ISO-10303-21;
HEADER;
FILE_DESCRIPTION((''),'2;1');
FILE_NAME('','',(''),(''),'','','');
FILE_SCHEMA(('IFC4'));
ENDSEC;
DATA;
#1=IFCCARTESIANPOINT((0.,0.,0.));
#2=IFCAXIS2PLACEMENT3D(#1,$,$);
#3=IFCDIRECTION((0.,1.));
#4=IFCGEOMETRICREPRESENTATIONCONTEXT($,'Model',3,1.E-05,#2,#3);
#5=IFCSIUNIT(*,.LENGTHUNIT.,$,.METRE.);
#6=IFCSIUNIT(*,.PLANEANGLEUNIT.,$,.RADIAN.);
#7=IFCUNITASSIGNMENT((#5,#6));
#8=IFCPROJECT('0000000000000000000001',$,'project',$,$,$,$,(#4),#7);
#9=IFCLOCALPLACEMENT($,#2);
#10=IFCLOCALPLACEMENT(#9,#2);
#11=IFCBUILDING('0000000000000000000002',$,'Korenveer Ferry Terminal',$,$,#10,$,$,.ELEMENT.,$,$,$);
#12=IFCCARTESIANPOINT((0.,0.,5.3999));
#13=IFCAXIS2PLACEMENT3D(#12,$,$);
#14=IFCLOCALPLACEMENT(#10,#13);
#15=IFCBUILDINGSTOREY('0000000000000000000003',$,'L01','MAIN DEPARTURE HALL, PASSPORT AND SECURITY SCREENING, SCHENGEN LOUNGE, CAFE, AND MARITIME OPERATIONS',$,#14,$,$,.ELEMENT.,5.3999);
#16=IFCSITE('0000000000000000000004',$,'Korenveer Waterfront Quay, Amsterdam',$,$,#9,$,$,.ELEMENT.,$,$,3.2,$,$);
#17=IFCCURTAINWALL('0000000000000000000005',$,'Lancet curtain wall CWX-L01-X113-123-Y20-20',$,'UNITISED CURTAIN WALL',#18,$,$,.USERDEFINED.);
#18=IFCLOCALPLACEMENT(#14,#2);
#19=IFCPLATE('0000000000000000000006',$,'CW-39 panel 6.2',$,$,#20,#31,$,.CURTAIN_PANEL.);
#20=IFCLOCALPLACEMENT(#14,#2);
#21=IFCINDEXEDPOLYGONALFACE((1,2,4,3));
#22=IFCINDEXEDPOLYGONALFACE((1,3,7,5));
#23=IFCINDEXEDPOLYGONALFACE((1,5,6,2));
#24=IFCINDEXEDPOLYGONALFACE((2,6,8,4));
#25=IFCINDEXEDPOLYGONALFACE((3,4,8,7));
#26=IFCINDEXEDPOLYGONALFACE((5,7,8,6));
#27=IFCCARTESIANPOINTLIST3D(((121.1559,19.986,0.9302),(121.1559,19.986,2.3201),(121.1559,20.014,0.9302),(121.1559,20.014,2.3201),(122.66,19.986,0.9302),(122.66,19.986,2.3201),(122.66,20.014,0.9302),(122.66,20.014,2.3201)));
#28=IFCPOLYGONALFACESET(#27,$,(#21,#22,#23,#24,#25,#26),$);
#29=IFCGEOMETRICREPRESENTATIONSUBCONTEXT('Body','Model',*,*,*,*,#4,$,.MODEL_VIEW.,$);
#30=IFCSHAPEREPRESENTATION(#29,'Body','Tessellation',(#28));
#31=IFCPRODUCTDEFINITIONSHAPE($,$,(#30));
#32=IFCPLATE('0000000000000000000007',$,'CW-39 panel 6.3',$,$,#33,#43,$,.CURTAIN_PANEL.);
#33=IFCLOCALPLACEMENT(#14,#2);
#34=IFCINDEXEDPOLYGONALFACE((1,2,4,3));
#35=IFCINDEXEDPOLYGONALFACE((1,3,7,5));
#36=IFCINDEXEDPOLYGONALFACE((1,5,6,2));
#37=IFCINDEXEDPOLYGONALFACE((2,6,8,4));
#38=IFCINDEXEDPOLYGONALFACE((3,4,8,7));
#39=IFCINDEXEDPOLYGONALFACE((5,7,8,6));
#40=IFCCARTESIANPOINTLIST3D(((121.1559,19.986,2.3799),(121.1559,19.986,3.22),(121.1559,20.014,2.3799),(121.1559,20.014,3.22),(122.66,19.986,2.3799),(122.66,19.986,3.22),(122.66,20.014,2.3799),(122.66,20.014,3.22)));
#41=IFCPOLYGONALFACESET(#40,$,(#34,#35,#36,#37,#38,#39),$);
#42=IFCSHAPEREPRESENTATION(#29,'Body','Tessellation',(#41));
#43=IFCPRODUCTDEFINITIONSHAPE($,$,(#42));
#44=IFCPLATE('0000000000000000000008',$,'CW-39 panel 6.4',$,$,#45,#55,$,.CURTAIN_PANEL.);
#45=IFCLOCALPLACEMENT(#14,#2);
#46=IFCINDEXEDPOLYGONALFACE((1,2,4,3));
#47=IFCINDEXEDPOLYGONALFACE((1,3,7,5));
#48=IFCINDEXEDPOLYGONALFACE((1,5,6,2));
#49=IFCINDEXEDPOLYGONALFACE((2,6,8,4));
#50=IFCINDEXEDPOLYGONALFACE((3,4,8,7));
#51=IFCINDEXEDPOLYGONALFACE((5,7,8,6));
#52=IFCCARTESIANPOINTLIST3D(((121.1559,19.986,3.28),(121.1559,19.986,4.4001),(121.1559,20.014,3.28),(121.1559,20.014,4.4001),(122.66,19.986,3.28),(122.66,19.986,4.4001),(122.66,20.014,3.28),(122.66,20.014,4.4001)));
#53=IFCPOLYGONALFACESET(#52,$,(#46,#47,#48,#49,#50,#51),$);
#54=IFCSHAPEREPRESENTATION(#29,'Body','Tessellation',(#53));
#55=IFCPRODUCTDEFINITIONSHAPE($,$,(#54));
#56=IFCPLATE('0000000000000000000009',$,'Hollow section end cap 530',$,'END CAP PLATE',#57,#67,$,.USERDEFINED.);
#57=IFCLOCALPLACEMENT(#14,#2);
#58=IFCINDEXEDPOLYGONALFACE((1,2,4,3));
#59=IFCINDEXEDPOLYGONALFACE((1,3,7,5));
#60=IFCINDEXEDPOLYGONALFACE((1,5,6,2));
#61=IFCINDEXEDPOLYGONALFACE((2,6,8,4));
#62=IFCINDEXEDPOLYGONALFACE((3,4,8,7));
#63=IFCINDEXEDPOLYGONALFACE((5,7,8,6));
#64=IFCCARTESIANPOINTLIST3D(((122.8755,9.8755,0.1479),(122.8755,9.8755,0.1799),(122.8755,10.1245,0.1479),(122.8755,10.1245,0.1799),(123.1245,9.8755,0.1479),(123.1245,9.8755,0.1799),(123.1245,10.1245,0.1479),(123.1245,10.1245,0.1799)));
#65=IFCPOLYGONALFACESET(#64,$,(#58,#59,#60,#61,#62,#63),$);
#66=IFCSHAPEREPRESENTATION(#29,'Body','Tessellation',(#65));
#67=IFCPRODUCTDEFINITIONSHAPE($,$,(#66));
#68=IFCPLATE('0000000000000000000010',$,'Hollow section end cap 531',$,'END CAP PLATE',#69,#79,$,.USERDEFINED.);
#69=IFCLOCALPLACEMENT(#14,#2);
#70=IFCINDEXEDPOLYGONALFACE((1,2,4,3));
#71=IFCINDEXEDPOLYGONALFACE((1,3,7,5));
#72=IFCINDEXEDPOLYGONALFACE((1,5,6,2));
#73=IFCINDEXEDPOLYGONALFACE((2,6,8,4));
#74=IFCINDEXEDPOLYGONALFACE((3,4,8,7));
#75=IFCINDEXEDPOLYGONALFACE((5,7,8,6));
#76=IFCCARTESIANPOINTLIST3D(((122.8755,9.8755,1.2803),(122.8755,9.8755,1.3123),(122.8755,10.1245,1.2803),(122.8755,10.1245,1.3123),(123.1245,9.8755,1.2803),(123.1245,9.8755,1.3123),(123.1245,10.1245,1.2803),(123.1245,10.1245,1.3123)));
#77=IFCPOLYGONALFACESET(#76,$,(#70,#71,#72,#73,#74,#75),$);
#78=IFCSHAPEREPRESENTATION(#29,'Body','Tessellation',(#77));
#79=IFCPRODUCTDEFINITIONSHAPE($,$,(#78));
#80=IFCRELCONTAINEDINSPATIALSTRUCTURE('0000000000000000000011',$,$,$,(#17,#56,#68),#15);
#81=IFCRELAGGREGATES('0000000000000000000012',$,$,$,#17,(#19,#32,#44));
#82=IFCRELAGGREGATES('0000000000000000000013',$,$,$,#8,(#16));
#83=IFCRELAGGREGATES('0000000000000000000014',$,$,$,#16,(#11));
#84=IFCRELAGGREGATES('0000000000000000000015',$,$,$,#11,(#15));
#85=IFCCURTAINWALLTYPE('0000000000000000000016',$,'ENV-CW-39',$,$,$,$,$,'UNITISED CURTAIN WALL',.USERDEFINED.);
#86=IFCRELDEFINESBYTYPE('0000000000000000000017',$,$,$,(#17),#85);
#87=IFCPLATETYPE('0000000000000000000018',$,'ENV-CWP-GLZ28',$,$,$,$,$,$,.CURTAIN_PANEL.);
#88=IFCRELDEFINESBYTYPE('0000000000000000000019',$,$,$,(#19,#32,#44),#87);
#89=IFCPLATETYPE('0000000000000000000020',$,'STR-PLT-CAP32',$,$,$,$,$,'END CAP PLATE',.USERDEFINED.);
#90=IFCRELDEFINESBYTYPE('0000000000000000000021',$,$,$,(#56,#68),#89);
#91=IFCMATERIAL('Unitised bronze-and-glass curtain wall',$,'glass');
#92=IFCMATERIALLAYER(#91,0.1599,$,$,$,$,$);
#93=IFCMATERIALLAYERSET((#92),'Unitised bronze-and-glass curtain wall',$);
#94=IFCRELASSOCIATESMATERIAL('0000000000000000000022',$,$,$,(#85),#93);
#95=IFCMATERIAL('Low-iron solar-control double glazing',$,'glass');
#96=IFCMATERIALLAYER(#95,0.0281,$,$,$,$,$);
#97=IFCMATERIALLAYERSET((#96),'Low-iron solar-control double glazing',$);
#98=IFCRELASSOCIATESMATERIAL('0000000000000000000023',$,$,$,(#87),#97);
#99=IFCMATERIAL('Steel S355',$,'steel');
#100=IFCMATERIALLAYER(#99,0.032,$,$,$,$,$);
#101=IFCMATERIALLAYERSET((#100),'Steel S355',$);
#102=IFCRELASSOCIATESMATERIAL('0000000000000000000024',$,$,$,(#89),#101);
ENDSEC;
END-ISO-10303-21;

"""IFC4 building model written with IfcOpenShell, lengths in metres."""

from ifc_helpers import new_model, si_unit, direction, frame, origin, origin_2d, place, context, subcontext, project, spatial, rectangle, extrude, material, layer, layer_set, type_object, element, aggregate, save


model = new_model("IFC4")

# Units and contexts
model_context = context("Model", 3, precision=1e-05, world=origin(), true_north=direction((0.0, 1.0)))
body_context = subcontext(model_context, "Body", "Model", "MODEL_VIEW")
ifc_project = project(units=[si_unit("LENGTHUNIT", "METRE"), si_unit("PLANEANGLEUNIT", "RADIAN")], contexts=[model_context])

# Site, building, storey
site_placement = place(None, origin())
site = spatial("IfcSite", under=ifc_project, at=site_placement, Name="Korenveer Waterfront Quay, Amsterdam", CompositionType="ELEMENT", RefElevation=3.2)
building_placement = place(site_placement, origin())
building = spatial("IfcBuilding", under=site, at=building_placement, Name="Korenveer Ferry Terminal", CompositionType="ELEMENT")
storey_placement = place(building_placement, frame((0.0, 0.0, 5.3999)))
storey = spatial("IfcBuildingStorey", under=building, at=storey_placement, Name="L01", Description="MAIN DEPARTURE HALL, PASSPORT AND SECURITY SCREENING, SCHENGEN LOUNGE, CAFE, AND MARITIME OPERATIONS", CompositionType="ELEMENT", Elevation=5.3999)

# Curtain wall
ifc_material_1 = material(Name="Unitised bronze-and-glass curtain wall", Category="glass")
ifc_layer_1 = layer(ifc_material_1, 0.1599)
ifc_layer_set_1 = layer_set([ifc_layer_1], Name="Unitised bronze-and-glass curtain wall")
curtain_wall_type = type_object("IfcCurtainWallType", Name="ENV-CW-39", ElementType="UNITISED CURTAIN WALL", PredefinedType="USERDEFINED", material=ifc_layer_set_1)
curtain_wall_placement = place(storey_placement, frame((113.155, 20.0, 0.0)))
curtain_wall = element("IfcCurtainWall", 1, at=curtain_wall_placement, inside=storey, type_object=curtain_wall_type, Name="Lancet curtain wall CWX-L01-X113-123-Y20-20", ObjectType="UNITISED CURTAIN WALL", PredefinedType="USERDEFINED")

# Shared definitions
ifc_material_2 = material(Name="Steel S355", Category="steel")

# Plates
ifc_material_3 = material(Name="Low-iron solar-control double glazing", Category="glass")
ifc_layer_2 = layer(ifc_material_3, 0.0281)
ifc_layer_set_2 = layer_set([ifc_layer_2], Name="Low-iron solar-control double glazing")
plate_type_1 = type_object("IfcPlateType", Name="ENV-CWP-GLZ28", PredefinedType="CURTAIN_PANEL", material=ifc_layer_set_2)
plate_1_placement = place(storey_placement, frame((121.908, 20.0, 0.9302), z_axis=(0.0, 0.0, 1.0), x_axis=(1.0, 0.0, 0.0)))
plate_1 = element("IfcPlate", 2, at=plate_1_placement, type_object=plate_type_1, Name="CW-39 panel 6.2", PredefinedType="CURTAIN_PANEL", context=body_context, shape_type="SweptSolid", body=[
    extrude(rectangle(XDim=1.5042, YDim=0.0281, at=origin_2d()), origin(), (0.0, 0.0, 1.0), 1.3899),
])
plate_2_placement = place(storey_placement, frame((121.908, 20.0, 2.3799), z_axis=(0.0, 0.0, 1.0), x_axis=(1.0, 0.0, 0.0)))
plate_2 = element("IfcPlate", 3, at=plate_2_placement, type_object=plate_type_1, Name="CW-39 panel 6.3", PredefinedType="CURTAIN_PANEL", context=body_context, shape_type="SweptSolid", body=[
    extrude(rectangle(XDim=1.5042, YDim=0.0281, at=origin_2d()), origin(), (0.0, 0.0, 1.0), 0.8401),
])
plate_3_placement = place(storey_placement, frame((121.908, 20.0, 3.28), z_axis=(0.0, 0.0, 1.0), x_axis=(1.0, 0.0, 0.0)))
plate_3 = element("IfcPlate", 4, at=plate_3_placement, type_object=plate_type_1, Name="CW-39 panel 6.4", PredefinedType="CURTAIN_PANEL", context=body_context, shape_type="SweptSolid", body=[
    extrude(rectangle(XDim=1.5042, YDim=0.0281, at=origin_2d()), origin(), (0.0, 0.0, 1.0), 1.1201),
])
aggregate(curtain_wall, [plate_1, plate_2, plate_3])

# Plates
ifc_layer_3 = layer(ifc_material_2, 0.032)
ifc_layer_set_3 = layer_set([ifc_layer_3], Name="Steel S355")
plate_type_2 = type_object("IfcPlateType", Name="STR-PLT-CAP32", ElementType="END CAP PLATE", PredefinedType="USERDEFINED", material=ifc_layer_set_3)
for number, where, z_axis, x_axis, name in (
    (5, (123.0, 10.0, 0.1479), (0.0, 0.0, 1.0), (1.0, 0.0, 0.0), "Hollow section end cap 530"),
    (6, (123.0, 10.0, 1.2803), (0.0, 0.0, 1.0), (1.0, 0.0, 0.0), "Hollow section end cap 531"),
):
    element("IfcPlate", number, at=place(storey_placement, frame(where, z_axis=z_axis, x_axis=x_axis)), inside=storey, type_object=plate_type_2, Name=name, ObjectType="END CAP PLATE", PredefinedType="USERDEFINED", context=body_context, shape_type="SweptSolid", body=[
        extrude(rectangle(XDim=0.249, YDim=0.249, at=origin_2d()), origin(), (0.0, 0.0, 1.0), 0.032),
    ])

save(model, "model.ifc")
